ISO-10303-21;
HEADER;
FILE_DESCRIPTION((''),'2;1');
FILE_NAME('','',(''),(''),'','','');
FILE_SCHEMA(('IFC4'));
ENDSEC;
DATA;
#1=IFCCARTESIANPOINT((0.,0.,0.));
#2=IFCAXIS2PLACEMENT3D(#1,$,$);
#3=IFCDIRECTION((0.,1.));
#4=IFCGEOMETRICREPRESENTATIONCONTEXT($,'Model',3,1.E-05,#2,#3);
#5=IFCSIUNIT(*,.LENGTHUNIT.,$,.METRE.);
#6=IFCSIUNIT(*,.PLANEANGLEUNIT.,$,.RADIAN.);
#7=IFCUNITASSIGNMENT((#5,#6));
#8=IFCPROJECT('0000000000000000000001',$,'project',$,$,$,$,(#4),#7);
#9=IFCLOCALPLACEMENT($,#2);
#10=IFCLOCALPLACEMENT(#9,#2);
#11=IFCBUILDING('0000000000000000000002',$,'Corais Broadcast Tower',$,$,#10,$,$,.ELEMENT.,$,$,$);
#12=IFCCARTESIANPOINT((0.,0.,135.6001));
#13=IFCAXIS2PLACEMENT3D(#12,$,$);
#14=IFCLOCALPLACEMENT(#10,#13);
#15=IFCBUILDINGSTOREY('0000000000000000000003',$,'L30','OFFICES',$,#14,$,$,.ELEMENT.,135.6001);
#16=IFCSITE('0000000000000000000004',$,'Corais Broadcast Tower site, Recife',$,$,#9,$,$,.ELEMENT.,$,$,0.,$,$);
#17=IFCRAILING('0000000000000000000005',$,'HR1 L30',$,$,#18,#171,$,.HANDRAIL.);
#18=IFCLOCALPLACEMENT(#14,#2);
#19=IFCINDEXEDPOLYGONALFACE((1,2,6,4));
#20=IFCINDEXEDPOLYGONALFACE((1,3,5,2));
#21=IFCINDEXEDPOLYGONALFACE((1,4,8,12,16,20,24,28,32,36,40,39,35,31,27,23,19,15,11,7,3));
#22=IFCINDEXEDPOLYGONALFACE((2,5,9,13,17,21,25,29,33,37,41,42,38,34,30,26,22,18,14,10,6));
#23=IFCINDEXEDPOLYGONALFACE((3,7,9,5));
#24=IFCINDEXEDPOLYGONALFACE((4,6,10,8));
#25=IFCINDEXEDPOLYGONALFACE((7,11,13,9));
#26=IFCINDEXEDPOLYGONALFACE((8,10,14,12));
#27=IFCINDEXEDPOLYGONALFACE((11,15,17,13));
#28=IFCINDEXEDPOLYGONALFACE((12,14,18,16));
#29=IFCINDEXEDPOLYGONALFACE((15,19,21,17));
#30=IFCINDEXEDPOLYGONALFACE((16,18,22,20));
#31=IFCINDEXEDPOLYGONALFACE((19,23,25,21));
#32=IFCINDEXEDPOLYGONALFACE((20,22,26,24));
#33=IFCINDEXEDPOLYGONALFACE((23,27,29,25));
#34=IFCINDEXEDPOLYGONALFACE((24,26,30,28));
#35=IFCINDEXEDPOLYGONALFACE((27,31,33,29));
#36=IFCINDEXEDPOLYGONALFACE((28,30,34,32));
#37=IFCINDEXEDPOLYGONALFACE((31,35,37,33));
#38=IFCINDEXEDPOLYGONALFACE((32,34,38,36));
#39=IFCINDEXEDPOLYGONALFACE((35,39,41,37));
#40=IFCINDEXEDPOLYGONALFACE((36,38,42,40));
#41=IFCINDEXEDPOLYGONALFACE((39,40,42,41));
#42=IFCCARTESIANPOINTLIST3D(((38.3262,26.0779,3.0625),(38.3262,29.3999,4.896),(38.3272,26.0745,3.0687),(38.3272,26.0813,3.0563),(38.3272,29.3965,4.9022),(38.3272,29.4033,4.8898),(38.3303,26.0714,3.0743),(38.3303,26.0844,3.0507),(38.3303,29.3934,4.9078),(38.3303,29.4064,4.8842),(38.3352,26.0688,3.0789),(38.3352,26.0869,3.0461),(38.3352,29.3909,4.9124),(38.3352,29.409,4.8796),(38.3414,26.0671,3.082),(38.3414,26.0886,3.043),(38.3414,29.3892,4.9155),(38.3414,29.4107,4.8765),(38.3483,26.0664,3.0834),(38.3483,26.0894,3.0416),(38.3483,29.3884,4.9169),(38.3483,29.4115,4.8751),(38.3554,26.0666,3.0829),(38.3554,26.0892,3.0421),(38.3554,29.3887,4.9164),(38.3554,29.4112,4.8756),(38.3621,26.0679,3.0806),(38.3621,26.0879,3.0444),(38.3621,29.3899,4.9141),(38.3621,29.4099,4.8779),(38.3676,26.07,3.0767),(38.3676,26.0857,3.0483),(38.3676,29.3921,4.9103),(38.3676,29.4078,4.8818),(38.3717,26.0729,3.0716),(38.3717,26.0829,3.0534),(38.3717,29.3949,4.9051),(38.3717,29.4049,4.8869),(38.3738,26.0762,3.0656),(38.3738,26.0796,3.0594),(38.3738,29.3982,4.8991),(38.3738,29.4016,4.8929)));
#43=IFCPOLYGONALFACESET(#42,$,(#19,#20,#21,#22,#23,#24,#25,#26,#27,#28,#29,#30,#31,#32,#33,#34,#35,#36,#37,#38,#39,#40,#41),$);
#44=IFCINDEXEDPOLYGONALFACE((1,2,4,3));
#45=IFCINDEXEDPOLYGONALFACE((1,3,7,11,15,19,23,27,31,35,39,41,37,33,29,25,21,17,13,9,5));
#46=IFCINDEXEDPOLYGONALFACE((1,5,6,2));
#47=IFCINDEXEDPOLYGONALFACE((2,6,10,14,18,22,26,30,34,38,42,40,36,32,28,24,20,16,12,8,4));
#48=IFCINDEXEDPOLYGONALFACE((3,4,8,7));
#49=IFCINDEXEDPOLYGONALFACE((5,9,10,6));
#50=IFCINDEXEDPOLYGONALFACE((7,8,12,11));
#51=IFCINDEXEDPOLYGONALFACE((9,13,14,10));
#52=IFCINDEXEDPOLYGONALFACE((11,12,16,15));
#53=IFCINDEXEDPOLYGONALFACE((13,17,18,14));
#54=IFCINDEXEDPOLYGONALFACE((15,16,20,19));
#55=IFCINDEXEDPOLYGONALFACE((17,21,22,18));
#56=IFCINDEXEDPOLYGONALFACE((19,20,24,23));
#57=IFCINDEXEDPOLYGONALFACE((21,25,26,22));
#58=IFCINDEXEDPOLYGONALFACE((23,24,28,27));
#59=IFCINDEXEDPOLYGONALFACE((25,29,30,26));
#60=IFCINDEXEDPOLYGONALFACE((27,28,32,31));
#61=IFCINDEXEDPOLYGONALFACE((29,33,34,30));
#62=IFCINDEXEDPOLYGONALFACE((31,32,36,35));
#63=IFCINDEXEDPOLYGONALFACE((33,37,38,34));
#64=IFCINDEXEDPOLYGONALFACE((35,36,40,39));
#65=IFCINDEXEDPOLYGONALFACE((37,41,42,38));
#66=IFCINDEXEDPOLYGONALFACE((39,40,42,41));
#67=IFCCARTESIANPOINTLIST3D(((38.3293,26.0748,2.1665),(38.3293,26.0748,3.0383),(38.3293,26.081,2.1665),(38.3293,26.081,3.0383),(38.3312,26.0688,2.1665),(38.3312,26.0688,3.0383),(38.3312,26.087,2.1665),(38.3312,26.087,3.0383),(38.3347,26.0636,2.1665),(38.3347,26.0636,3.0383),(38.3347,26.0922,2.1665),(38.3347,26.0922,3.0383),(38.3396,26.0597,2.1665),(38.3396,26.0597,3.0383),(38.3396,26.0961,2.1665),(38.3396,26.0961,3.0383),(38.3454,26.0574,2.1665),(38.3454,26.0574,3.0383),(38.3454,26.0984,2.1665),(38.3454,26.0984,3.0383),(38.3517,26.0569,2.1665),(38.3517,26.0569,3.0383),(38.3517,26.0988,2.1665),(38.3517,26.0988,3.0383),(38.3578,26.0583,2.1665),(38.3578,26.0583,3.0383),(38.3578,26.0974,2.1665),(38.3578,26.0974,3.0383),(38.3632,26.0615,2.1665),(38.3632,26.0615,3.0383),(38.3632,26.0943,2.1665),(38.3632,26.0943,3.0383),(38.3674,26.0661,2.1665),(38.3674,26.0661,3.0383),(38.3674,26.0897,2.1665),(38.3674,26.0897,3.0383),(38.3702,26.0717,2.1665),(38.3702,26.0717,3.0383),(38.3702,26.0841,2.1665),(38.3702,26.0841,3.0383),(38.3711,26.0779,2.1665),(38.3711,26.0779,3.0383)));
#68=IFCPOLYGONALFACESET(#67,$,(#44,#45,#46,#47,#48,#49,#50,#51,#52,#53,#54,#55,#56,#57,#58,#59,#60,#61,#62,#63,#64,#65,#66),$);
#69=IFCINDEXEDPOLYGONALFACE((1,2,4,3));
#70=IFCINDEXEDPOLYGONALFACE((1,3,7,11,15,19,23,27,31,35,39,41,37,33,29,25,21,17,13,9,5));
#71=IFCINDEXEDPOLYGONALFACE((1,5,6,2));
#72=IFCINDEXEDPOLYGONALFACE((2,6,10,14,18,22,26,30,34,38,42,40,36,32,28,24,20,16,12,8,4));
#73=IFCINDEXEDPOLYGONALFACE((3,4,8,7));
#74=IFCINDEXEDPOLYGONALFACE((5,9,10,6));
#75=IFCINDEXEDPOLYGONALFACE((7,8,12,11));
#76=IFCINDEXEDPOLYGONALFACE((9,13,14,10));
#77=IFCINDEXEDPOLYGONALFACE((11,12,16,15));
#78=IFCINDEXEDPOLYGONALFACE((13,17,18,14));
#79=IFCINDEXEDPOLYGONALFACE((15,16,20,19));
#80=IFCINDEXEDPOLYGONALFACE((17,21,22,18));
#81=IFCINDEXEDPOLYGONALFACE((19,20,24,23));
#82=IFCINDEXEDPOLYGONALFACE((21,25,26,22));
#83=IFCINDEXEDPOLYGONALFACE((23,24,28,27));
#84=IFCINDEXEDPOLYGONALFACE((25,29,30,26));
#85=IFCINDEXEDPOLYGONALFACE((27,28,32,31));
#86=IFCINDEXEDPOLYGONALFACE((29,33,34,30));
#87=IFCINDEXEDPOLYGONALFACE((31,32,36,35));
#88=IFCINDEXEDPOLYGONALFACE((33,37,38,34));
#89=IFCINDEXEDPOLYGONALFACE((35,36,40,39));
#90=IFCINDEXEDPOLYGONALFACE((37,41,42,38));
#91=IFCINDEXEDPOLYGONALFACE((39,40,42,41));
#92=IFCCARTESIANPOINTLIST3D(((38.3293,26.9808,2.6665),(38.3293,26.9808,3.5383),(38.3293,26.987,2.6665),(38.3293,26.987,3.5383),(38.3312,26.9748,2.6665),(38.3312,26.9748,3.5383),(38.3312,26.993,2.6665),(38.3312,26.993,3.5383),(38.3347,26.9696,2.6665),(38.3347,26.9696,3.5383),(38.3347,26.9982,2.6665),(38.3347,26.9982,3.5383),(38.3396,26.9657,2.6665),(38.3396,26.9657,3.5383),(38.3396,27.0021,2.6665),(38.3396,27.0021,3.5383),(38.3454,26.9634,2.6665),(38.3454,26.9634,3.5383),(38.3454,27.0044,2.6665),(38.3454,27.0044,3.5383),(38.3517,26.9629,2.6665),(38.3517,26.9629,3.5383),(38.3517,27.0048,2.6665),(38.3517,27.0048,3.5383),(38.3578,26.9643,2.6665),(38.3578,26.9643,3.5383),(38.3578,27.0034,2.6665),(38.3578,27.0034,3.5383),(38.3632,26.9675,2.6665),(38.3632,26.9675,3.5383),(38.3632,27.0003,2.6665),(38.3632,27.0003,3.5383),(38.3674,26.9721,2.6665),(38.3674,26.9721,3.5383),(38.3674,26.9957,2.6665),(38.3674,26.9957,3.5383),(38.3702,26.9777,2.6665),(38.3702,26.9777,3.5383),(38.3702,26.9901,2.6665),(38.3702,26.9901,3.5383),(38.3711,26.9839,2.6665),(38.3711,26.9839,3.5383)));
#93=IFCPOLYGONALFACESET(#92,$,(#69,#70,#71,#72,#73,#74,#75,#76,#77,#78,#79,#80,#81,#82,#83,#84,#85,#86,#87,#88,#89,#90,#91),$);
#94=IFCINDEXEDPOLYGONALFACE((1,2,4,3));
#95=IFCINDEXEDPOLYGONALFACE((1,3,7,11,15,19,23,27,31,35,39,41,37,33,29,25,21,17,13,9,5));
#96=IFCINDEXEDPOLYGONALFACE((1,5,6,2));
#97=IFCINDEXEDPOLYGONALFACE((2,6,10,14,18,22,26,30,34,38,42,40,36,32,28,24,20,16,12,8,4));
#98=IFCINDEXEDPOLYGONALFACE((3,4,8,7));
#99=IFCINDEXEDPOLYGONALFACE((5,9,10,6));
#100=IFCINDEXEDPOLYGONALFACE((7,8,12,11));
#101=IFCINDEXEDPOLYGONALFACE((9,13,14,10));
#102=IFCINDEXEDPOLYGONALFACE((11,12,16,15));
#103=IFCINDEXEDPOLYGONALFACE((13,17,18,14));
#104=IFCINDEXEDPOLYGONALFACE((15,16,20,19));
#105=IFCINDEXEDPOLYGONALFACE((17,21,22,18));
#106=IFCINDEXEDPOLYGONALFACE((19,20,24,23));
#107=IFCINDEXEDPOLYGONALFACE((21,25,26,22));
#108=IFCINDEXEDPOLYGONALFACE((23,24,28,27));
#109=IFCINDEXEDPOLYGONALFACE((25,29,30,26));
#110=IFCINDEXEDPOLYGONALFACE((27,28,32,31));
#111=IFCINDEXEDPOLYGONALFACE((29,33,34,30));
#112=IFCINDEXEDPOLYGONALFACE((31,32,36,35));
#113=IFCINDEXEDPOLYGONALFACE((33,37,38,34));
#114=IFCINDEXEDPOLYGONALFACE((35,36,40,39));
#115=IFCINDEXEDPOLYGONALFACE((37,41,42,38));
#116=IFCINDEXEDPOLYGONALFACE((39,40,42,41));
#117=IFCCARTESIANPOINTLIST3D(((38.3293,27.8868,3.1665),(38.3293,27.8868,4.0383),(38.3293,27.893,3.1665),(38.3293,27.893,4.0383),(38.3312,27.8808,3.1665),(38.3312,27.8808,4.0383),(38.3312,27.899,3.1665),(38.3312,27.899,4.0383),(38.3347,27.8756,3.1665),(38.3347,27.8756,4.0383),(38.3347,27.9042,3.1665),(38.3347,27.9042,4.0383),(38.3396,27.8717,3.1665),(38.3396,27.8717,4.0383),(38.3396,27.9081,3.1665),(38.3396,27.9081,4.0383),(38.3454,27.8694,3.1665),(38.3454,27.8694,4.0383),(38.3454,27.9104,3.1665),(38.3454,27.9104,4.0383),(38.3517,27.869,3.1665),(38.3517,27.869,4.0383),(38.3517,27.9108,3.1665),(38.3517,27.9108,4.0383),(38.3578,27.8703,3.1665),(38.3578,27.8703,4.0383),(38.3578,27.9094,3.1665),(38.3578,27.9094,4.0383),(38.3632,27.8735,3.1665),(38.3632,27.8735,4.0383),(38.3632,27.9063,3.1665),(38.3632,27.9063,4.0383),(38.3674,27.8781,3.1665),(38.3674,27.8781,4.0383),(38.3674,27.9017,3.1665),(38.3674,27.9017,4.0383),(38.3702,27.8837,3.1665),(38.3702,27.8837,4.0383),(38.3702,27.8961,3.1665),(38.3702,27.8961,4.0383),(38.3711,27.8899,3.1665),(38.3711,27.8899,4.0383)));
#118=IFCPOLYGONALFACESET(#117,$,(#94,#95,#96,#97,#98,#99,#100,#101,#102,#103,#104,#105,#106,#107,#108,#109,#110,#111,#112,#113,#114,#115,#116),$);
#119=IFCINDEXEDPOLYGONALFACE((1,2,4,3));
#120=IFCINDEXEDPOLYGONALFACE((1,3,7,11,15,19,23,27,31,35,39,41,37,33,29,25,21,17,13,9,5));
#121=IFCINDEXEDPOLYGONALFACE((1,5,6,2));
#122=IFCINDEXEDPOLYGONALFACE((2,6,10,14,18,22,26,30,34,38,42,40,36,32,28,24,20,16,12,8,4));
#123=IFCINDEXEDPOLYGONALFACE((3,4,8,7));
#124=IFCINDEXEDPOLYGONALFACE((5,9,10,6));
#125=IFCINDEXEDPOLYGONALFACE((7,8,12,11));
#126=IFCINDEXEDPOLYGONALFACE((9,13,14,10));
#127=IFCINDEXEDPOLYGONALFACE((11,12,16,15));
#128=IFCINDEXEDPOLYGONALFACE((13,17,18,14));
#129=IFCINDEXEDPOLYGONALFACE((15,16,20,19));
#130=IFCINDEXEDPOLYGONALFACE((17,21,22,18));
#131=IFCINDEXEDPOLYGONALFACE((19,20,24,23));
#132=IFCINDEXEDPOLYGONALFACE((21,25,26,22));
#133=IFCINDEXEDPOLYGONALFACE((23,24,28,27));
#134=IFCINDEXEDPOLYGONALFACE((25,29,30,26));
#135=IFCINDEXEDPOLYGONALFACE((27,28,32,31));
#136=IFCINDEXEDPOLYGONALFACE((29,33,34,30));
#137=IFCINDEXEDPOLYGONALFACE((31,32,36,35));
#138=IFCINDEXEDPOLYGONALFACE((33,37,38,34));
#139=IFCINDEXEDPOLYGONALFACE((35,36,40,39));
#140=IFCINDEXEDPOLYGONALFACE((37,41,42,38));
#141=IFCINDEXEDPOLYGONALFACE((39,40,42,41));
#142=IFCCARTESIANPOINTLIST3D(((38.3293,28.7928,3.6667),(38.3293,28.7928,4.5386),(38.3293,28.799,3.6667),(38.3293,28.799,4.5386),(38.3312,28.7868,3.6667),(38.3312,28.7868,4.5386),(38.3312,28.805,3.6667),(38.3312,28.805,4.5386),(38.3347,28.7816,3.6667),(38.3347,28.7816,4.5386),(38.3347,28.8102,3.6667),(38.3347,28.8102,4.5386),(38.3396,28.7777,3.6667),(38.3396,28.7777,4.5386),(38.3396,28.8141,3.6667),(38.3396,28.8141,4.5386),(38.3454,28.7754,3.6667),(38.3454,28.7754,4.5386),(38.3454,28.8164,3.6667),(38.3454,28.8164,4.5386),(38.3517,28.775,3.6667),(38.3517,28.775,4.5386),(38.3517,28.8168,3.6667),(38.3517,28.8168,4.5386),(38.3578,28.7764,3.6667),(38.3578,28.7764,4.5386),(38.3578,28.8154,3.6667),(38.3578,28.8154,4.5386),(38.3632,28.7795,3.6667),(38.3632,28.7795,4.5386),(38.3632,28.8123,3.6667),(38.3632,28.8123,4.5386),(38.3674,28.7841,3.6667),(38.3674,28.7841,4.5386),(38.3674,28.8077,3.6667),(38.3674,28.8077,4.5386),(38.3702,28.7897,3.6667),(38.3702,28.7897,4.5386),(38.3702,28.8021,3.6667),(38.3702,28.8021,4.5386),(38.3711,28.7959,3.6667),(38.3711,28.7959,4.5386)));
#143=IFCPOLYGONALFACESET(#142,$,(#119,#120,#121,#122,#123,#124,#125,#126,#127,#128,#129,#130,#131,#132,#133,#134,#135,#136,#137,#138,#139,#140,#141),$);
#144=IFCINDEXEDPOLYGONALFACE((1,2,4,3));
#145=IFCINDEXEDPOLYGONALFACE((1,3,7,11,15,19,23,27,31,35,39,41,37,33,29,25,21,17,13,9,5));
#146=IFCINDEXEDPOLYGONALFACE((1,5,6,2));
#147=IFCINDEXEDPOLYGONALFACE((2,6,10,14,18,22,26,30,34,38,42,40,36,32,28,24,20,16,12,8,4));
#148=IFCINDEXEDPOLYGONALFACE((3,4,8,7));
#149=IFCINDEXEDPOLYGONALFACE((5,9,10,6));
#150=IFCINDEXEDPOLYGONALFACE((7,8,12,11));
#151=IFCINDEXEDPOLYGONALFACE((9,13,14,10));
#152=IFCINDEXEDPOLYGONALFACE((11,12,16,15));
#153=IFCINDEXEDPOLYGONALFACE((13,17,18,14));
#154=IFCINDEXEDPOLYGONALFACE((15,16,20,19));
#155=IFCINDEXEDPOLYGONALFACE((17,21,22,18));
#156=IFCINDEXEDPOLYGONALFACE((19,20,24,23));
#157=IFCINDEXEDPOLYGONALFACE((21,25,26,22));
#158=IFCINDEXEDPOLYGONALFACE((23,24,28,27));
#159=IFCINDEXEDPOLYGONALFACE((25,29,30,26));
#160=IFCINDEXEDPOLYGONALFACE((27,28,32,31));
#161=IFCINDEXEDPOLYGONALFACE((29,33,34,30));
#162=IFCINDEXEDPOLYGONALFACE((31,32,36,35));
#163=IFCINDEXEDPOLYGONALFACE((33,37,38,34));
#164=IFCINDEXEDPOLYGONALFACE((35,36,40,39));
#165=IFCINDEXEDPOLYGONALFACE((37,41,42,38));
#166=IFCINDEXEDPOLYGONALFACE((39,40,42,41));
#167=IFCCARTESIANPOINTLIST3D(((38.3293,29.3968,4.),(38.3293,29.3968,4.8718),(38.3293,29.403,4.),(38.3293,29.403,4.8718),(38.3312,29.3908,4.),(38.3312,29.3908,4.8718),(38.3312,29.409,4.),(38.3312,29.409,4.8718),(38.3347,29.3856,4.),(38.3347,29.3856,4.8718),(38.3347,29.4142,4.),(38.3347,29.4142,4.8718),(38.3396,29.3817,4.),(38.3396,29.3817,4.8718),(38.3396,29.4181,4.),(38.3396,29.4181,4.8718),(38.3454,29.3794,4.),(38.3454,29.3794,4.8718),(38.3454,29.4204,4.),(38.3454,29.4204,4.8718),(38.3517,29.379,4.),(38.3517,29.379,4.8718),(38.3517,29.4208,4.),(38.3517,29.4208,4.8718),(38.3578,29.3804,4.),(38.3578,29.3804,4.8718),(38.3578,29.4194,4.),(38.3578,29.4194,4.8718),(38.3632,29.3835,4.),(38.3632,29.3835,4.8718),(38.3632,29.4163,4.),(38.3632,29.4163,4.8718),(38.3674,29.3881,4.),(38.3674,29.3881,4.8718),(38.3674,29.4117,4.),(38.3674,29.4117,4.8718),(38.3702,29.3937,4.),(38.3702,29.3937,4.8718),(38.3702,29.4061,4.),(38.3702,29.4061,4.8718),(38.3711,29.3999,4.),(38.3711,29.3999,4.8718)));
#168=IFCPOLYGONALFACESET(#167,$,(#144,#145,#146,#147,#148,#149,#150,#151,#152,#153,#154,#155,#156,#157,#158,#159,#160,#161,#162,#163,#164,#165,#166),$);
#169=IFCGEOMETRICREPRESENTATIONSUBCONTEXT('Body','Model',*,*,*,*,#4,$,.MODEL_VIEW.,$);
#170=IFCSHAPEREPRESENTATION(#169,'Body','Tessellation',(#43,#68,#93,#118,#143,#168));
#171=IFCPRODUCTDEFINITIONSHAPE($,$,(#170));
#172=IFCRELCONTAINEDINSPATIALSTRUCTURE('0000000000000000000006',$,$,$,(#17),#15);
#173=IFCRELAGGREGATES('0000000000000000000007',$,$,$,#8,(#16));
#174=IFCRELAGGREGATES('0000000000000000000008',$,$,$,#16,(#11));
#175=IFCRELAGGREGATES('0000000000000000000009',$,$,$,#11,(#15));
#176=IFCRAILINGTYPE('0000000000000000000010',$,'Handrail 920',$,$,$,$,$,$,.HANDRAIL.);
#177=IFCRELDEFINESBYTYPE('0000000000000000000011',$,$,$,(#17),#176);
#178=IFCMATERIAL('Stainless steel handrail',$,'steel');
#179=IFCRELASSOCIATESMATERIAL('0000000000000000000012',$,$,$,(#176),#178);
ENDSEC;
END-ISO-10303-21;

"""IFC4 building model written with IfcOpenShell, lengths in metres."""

from ifc_helpers import new_model, si_unit, direction, frame, origin, origin_2d, place, context, subcontext, project, spatial, circle, extrude, material, type_object, element, save


model = new_model("IFC4")

# Units and contexts
model_context = context("Model", 3, precision=1e-05, world=origin(), true_north=direction((0.0, 1.0)))
body_context = subcontext(model_context, "Body", "Model", "MODEL_VIEW")
ifc_project = project(units=[si_unit("LENGTHUNIT", "METRE"), si_unit("PLANEANGLEUNIT", "RADIAN")], contexts=[model_context])

# Site, building, storey
site_placement = place(None, origin())
site = spatial("IfcSite", under=ifc_project, at=site_placement, Name="Corais Broadcast Tower site, Recife", CompositionType="ELEMENT", RefElevation=0.0)
building_placement = place(site_placement, origin())
building = spatial("IfcBuilding", under=site, at=building_placement, Name="Corais Broadcast Tower", CompositionType="ELEMENT")
storey_placement = place(building_placement, frame((0.0, 0.0, 135.6001)))
storey = spatial("IfcBuildingStorey", under=building, at=storey_placement, Name="L30", Description="OFFICES", CompositionType="ELEMENT", Elevation=135.6001)

# Railing
ifc_material_1 = material(Name="Stainless steel handrail", Category="steel")
railing_type = type_object("IfcRailingType", Name="Handrail 920", PredefinedType="HANDRAIL", material=ifc_material_1)
railing_placement = place(storey_placement, frame((38.3501, 26.0779, 2.1665)))
element("IfcRailing", 1, at=railing_placement, inside=storey, type_object=railing_type, Name="HR1 L30", PredefinedType="HANDRAIL", context=body_context, shape_type="SweptSolid", body=[
    extrude(circle(Radius=0.0239, at=origin_2d()), frame((0.0, 0.0, 0.896), z_axis=(0.0, 0.875504, 0.48321), x_axis=(-1.0, 0.0, 0.0)), (0.0, 0.0, 1.0), 3.7944),
    extrude(circle(Radius=0.021, at=origin_2d()), origin(), (0.0, 0.0, 1.0), 0.8718),
    extrude(circle(Radius=0.021, at=origin_2d()), frame((0.0, 0.906, 0.5)), (0.0, 0.0, 1.0), 0.8718),
    extrude(circle(Radius=0.021, at=origin_2d()), frame((0.0, 1.812, 1.0)), (0.0, 0.0, 1.0), 0.8718),
    extrude(circle(Radius=0.021, at=origin_2d()), frame((0.0, 2.718, 1.5002)), (0.0, 0.0, 1.0), 0.8718),
    extrude(circle(Radius=0.021, at=origin_2d()), frame((0.0, 3.322, 1.8335)), (0.0, 0.0, 1.0), 0.8718),
])

save(model, "model.ifc")
